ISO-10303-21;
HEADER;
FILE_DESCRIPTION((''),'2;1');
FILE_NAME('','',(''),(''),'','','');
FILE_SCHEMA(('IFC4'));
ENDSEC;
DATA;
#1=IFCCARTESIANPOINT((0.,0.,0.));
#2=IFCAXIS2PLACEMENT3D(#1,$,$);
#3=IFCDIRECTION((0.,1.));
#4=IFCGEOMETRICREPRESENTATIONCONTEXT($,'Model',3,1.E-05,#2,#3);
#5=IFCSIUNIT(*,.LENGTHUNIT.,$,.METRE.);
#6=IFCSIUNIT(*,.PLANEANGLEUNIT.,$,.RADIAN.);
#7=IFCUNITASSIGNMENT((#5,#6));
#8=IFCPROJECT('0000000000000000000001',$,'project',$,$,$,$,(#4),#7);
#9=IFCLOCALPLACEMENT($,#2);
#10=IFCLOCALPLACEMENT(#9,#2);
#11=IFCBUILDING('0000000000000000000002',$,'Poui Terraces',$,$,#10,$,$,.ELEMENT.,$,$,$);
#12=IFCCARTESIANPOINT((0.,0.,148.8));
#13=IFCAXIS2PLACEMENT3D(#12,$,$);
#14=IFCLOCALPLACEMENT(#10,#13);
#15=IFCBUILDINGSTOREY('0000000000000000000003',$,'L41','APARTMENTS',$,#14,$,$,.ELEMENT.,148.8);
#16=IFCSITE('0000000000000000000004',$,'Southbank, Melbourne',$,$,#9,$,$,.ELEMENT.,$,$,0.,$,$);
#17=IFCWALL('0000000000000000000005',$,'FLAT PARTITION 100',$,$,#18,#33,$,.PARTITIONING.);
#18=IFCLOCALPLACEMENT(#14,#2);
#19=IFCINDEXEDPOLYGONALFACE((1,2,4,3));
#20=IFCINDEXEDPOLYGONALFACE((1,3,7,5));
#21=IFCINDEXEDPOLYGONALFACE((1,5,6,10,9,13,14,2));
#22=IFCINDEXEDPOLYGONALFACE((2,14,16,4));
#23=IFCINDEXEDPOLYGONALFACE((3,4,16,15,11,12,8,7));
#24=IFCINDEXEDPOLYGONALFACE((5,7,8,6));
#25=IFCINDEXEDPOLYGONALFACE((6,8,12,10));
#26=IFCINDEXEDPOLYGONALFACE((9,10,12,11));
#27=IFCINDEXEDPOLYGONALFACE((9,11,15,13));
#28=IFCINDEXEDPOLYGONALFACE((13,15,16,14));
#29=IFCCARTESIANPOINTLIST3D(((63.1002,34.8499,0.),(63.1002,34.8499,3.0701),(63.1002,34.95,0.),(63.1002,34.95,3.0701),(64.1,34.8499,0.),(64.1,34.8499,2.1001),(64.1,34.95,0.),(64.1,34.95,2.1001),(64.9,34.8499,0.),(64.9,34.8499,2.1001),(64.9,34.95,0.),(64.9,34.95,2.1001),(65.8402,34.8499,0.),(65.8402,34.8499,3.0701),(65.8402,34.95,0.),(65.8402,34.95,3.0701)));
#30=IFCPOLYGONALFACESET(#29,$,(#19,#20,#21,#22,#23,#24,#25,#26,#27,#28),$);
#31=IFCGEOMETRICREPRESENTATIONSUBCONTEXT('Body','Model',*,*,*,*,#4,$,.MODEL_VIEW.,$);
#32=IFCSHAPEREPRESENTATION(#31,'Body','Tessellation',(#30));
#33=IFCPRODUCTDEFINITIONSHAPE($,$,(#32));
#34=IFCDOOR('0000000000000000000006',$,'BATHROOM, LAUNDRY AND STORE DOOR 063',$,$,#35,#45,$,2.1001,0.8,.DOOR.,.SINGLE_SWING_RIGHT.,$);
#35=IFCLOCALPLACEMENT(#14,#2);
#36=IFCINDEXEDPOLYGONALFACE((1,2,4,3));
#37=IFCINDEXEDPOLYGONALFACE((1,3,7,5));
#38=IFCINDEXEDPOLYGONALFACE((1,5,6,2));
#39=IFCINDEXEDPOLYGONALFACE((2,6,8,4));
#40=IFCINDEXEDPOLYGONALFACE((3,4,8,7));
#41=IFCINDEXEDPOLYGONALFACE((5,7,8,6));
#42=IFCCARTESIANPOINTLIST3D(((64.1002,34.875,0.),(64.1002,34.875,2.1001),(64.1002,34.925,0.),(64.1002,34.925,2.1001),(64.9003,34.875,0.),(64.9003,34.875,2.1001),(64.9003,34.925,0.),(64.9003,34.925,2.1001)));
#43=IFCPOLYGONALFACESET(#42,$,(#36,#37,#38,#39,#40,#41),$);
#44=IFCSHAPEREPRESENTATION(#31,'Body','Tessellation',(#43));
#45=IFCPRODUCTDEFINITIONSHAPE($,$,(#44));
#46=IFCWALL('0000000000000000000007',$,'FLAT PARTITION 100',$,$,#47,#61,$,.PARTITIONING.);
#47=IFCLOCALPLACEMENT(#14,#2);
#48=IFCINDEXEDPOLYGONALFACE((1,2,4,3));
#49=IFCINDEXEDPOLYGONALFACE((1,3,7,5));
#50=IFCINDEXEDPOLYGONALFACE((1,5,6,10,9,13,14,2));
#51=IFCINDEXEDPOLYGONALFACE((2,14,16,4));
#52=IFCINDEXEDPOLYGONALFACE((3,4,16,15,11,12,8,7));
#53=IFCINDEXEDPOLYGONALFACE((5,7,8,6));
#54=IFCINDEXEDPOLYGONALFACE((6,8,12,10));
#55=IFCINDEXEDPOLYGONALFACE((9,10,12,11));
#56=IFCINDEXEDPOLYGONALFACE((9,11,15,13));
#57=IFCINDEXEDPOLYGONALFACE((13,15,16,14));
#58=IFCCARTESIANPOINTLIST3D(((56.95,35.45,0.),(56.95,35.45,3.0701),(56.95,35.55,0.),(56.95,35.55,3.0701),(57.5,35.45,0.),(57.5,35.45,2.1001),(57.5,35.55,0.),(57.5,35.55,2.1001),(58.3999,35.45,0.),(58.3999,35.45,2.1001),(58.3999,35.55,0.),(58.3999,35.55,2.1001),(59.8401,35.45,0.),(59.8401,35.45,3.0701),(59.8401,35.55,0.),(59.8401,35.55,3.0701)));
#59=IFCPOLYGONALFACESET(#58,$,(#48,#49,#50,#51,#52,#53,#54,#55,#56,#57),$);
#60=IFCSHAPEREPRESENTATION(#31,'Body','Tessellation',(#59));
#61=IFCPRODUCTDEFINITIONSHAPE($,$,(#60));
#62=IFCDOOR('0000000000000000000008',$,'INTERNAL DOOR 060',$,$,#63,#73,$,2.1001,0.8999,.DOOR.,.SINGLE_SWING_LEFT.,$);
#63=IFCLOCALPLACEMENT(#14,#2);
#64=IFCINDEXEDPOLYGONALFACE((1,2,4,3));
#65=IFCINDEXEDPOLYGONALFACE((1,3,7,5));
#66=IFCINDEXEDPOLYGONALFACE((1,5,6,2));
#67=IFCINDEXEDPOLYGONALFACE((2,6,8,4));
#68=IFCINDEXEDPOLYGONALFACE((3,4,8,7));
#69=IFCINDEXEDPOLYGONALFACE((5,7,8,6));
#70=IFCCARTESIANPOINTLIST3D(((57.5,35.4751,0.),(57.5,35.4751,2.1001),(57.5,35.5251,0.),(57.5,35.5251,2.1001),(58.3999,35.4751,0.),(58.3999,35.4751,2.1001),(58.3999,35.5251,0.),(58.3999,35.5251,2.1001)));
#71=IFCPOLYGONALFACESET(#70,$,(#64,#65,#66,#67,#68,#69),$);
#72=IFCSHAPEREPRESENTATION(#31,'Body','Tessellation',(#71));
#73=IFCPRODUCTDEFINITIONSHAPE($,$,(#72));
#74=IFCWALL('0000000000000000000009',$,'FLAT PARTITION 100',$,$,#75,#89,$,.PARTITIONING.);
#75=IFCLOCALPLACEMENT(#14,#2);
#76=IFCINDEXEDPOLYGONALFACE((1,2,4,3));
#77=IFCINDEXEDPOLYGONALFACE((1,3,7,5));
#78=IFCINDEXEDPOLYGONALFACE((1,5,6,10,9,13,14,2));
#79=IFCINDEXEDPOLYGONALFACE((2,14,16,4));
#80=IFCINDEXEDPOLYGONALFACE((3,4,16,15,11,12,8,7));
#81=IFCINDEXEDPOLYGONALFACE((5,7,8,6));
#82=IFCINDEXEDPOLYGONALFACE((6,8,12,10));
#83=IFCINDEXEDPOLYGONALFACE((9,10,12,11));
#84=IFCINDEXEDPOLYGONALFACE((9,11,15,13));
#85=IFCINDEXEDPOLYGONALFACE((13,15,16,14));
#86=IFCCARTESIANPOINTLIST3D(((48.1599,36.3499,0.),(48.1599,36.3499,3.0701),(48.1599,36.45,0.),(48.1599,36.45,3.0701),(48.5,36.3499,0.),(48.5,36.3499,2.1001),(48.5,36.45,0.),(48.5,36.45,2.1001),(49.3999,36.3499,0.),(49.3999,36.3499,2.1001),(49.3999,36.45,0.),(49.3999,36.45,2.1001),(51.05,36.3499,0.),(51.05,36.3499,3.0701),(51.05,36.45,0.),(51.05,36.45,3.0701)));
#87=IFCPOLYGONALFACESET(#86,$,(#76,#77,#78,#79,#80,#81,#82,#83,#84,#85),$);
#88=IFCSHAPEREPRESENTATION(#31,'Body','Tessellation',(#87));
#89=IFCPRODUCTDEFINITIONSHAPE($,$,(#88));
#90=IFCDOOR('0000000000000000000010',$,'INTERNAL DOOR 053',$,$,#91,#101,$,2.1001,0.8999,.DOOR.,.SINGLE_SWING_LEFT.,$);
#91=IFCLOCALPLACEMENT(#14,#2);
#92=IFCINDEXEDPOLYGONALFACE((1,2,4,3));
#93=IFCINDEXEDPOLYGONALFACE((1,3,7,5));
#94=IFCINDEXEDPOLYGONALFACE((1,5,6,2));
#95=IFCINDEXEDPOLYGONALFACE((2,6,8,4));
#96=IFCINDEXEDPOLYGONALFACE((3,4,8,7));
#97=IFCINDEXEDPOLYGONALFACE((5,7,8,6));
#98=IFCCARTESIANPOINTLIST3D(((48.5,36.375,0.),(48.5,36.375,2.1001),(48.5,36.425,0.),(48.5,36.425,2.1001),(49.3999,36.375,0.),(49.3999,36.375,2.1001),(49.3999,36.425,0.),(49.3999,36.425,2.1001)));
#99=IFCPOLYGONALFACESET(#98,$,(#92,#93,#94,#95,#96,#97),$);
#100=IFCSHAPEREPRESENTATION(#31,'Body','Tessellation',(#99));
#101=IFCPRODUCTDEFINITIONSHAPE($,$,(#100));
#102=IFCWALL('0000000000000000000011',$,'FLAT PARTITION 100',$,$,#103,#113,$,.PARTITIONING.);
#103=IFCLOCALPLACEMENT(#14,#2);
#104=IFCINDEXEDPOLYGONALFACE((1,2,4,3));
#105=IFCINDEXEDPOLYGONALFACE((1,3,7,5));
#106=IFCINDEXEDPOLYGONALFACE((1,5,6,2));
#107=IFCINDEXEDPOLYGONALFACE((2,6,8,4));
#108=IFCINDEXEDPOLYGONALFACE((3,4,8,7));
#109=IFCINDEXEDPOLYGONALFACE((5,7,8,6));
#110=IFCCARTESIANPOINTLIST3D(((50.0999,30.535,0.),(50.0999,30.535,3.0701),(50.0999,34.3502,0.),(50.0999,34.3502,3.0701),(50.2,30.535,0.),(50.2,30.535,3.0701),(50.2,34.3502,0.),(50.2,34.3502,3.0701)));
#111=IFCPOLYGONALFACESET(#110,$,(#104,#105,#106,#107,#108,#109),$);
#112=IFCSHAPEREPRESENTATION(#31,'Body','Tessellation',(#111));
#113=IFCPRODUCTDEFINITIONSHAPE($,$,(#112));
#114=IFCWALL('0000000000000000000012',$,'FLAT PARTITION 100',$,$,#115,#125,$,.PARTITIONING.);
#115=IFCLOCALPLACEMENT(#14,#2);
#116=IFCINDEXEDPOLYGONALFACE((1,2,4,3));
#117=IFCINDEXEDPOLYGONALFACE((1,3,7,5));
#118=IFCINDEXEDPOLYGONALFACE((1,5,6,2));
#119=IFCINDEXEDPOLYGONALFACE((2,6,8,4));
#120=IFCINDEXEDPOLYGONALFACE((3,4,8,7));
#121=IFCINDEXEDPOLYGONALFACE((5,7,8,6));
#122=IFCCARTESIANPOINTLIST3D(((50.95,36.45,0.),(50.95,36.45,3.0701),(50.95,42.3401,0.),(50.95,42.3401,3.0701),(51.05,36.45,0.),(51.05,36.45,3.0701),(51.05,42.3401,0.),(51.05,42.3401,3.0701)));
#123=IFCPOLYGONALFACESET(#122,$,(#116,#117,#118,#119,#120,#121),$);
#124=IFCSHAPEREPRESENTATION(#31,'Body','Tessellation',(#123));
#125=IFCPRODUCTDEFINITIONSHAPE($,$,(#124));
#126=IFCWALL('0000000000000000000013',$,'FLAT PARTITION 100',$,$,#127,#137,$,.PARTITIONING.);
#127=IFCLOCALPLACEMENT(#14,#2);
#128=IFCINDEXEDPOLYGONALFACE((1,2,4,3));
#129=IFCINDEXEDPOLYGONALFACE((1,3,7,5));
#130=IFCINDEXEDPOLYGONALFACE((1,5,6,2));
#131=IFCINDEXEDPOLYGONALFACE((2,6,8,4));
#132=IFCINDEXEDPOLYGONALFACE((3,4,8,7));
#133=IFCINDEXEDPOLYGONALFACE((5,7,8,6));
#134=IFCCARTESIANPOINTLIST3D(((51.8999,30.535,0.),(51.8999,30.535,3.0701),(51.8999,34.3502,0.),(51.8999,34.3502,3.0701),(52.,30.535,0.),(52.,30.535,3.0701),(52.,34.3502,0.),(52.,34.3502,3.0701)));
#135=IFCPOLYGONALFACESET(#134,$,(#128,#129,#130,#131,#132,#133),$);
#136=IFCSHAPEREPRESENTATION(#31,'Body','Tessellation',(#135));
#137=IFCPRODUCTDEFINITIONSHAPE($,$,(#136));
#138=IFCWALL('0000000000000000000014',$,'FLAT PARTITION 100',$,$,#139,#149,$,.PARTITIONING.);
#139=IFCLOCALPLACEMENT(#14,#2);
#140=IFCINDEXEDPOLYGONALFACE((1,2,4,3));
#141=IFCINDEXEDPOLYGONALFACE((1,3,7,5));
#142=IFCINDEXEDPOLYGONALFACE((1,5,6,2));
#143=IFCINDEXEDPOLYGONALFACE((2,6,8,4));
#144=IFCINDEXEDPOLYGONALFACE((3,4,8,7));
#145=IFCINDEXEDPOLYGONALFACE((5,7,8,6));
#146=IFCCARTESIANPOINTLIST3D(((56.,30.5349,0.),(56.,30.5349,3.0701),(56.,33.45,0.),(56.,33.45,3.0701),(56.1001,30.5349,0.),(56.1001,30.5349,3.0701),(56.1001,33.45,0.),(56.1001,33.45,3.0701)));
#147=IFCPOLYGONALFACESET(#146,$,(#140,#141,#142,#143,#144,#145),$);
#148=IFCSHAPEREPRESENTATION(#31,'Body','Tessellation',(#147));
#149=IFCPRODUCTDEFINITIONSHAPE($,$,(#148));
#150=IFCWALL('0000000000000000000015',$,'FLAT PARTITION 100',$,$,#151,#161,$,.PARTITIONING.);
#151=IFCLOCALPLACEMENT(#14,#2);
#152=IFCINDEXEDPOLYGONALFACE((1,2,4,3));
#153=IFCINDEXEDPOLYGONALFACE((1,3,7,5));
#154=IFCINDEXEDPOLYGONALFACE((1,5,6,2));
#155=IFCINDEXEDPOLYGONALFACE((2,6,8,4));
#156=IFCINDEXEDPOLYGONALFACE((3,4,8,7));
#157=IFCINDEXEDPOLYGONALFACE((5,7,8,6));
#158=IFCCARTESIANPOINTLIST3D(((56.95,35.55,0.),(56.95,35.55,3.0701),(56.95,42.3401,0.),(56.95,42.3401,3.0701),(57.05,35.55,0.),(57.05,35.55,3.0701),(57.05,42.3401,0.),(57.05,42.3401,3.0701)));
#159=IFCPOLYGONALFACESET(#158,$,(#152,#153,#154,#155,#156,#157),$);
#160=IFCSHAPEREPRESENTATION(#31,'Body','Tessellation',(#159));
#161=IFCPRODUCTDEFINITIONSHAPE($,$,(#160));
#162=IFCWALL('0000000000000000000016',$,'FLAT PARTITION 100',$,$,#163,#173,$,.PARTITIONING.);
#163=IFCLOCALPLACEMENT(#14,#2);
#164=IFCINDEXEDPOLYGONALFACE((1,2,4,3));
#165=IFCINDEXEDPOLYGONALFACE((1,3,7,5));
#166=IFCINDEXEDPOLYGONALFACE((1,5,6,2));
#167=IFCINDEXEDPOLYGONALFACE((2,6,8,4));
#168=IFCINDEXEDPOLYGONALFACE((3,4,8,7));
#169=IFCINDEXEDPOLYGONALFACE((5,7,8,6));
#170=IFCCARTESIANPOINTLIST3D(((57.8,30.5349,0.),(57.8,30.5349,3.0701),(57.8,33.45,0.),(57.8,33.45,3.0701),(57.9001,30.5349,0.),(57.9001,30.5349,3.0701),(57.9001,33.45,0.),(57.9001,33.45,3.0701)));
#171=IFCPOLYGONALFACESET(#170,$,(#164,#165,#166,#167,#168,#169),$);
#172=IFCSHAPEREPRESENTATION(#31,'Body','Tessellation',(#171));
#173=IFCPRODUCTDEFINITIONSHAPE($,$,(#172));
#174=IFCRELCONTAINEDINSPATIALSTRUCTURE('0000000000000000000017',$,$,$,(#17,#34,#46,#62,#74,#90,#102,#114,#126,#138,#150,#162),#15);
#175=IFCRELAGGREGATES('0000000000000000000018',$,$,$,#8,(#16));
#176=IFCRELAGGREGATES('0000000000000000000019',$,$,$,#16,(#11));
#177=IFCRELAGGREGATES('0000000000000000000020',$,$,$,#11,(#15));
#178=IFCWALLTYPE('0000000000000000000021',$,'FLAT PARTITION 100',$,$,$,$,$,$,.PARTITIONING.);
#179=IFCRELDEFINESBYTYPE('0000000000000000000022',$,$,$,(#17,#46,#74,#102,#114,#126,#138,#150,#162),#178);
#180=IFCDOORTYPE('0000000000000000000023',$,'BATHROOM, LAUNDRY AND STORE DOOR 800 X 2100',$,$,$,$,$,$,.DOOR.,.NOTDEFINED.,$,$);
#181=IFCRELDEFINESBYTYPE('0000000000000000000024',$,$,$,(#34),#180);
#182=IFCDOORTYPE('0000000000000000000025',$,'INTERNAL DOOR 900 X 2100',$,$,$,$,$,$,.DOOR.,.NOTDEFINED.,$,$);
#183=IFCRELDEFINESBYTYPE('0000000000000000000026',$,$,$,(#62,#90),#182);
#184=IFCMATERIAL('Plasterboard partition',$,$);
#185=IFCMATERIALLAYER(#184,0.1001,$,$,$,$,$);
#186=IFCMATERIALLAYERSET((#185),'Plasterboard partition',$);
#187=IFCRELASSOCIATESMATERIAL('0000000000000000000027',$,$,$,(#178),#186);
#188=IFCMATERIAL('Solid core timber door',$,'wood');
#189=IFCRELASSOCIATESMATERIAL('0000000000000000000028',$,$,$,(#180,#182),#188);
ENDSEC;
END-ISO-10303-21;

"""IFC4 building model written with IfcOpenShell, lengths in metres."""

from ifc_helpers import new_model, si_unit, direction, frame, frame_2d, origin, place, context, subcontext, project, spatial, rectangle, extrude, material, layer, layer_set, type_object, element, fill, save


model = new_model("IFC4")

# Units and contexts
model_context = context("Model", 3, precision=1e-05, world=origin(), true_north=direction((0.0, 1.0)))
body_context = subcontext(model_context, "Body", "Model", "MODEL_VIEW")
ifc_project = project(units=[si_unit("LENGTHUNIT", "METRE"), si_unit("PLANEANGLEUNIT", "RADIAN")], contexts=[model_context])

# Site, building, storey
site_placement = place(None, origin())
site = spatial("IfcSite", under=ifc_project, at=site_placement, Name="Southbank, Melbourne", CompositionType="ELEMENT", RefElevation=0.0)
building_placement = place(site_placement, origin())
building = spatial("IfcBuilding", under=site, at=building_placement, Name="Poui Terraces", CompositionType="ELEMENT")
storey_placement = place(building_placement, frame((0.0, 0.0, 148.8)))
storey = spatial("IfcBuildingStorey", under=building, at=storey_placement, Name="L41", Description="APARTMENTS", CompositionType="ELEMENT", Elevation=148.8)

# Walls, openings, doors
ifc_material_1 = material(Name="Plasterboard partition")
ifc_layer_1 = layer(ifc_material_1, 0.1001)
ifc_layer_set_1 = layer_set([ifc_layer_1], Name="Plasterboard partition")
wall_type_1 = type_object("IfcWallType", Name="FLAT PARTITION 100", PredefinedType="PARTITIONING", material=ifc_layer_set_1)
ifc_material_2 = material(Name="Solid core timber door", Category="wood")
door_type_1 = type_object("IfcDoorType", Name="BATHROOM, LAUNDRY AND STORE DOOR 800 X 2100", OperationType="NOTDEFINED", PredefinedType="DOOR", material=ifc_material_2)
door_type_2 = type_object("IfcDoorType", Name="INTERNAL DOOR 900 X 2100", OperationType="NOTDEFINED", PredefinedType="DOOR", material=ifc_material_2)
wall_1_placement = place(storey_placement, frame((63.1001, 34.8999, 0.0), z_axis=(0.0, 0.0, 1.0), x_axis=(1.0, 0.0, 0.0)))
wall_1 = element("IfcWall", 1, at=wall_1_placement, inside=storey, type_object=wall_type_1, Name="FLAT PARTITION 100", PredefinedType="PARTITIONING", context=body_context, shape_type="SweptSolid", body=[
    extrude(rectangle(XDim=2.74, YDim=0.1001, at=frame_2d((1.3701, 0.0))), origin(), (0.0, 0.0, 1.0), 3.0701),
])
opening_1_placement = place(wall_1_placement, frame((1.0, 0.0, 0.0)))
opening_1 = element("IfcOpeningElement", 2, at=opening_1_placement, cuts=wall_1, PredefinedType="OPENING", context=body_context, shape_type="SweptSolid", body=[
    extrude(rectangle(XDim=0.8, YDim=2.1001, at=frame_2d((0.3999, 1.05))), frame((0.0, 0.0601, 0.0), z_axis=(0.0, -1.0, 0.0), x_axis=(1.0, 0.0, 0.0)), (0.0, 0.0, 1.0), 0.1201),
])
door_1_placement = place(opening_1_placement, frame((0.8, 0.0, 0.0), z_axis=(0.0, 0.0, 1.0), x_axis=(-1.0, 0.0, 0.0)))
door_1 = element("IfcDoor", 3, at=door_1_placement, inside=storey, type_object=door_type_1, Name="BATHROOM, LAUNDRY AND STORE DOOR 063", OperationType="SINGLE_SWING_RIGHT", OverallHeight=2.1001, OverallWidth=0.8, PredefinedType="DOOR", context=body_context, shape_type="SweptSolid", body=[
    extrude(rectangle(XDim=0.8, YDim=2.1001, at=frame_2d((0.3999, 1.05))), frame((0.0, 0.0249, 0.0), z_axis=(0.0, -1.0, 0.0), x_axis=(1.0, 0.0, 0.0)), (0.0, 0.0, 1.0), 0.05),
])
fill(opening_1, door_1)
wall_2_placement = place(storey_placement, frame((56.95, 35.5, 0.0), z_axis=(0.0, 0.0, 1.0), x_axis=(1.0, 0.0, 0.0)))
wall_2 = element("IfcWall", 4, at=wall_2_placement, inside=storey, type_object=wall_type_1, Name="FLAT PARTITION 100", PredefinedType="PARTITIONING", context=body_context, shape_type="SweptSolid", body=[
    extrude(rectangle(XDim=2.8901, YDim=0.1001, at=frame_2d((1.4451, 0.0))), origin(), (0.0, 0.0, 1.0), 3.0701),
])
opening_2_placement = place(wall_2_placement, frame((0.55, 0.0, 0.0)))
opening_2 = element("IfcOpeningElement", 5, at=opening_2_placement, cuts=wall_2, PredefinedType="OPENING", context=body_context, shape_type="SweptSolid", body=[
    extrude(rectangle(XDim=0.8999, YDim=2.1001, at=frame_2d((0.45, 1.05))), frame((0.0, 0.0601, 0.0), z_axis=(0.0, -1.0, 0.0), x_axis=(1.0, 0.0, 0.0)), (0.0, 0.0, 1.0), 0.1201),
])
door_2_placement = place(opening_2_placement, frame((0.8999, 0.0, 0.0), z_axis=(0.0, 0.0, 1.0), x_axis=(-1.0, 0.0, 0.0)))
door_2 = element("IfcDoor", 6, at=door_2_placement, inside=storey, type_object=door_type_2, Name="INTERNAL DOOR 060", OperationType="SINGLE_SWING_LEFT", OverallHeight=2.1001, OverallWidth=0.8999, PredefinedType="DOOR", context=body_context, shape_type="SweptSolid", body=[
    extrude(rectangle(XDim=0.8999, YDim=2.1001, at=frame_2d((0.45, 1.05))), frame((0.0, 0.0249, 0.0), z_axis=(0.0, -1.0, 0.0), x_axis=(1.0, 0.0, 0.0)), (0.0, 0.0, 1.0), 0.05),
])
fill(opening_2, door_2)
wall_3_placement = place(storey_placement, frame((48.1599, 36.3999, 0.0), z_axis=(0.0, 0.0, 1.0), x_axis=(1.0, 0.0, 0.0)))
wall_3 = element("IfcWall", 7, at=wall_3_placement, inside=storey, type_object=wall_type_1, Name="FLAT PARTITION 100", PredefinedType="PARTITIONING", context=body_context, shape_type="SweptSolid", body=[
    extrude(rectangle(XDim=2.8901, YDim=0.1001, at=frame_2d((1.4451, 0.0))), origin(), (0.0, 0.0, 1.0), 3.0701),
])
opening_3_placement = place(wall_3_placement, frame((0.3401, 0.0, 0.0)))
opening_3 = element("IfcOpeningElement", 8, at=opening_3_placement, cuts=wall_3, PredefinedType="OPENING", context=body_context, shape_type="SweptSolid", body=[
    extrude(rectangle(XDim=0.8999, YDim=2.1001, at=frame_2d((0.45, 1.05))), frame((0.0, 0.0601, 0.0), z_axis=(0.0, -1.0, 0.0), x_axis=(1.0, 0.0, 0.0)), (0.0, 0.0, 1.0), 0.1201),
])
door_3_placement = place(opening_3_placement, frame((0.8999, 0.0, 0.0), z_axis=(0.0, 0.0, 1.0), x_axis=(-1.0, 0.0, 0.0)))
door_3 = element("IfcDoor", 9, at=door_3_placement, inside=storey, type_object=door_type_2, Name="INTERNAL DOOR 053", OperationType="SINGLE_SWING_LEFT", OverallHeight=2.1001, OverallWidth=0.8999, PredefinedType="DOOR", context=body_context, shape_type="SweptSolid", body=[
    extrude(rectangle(XDim=0.8999, YDim=2.1001, at=frame_2d((0.45, 1.05))), frame((0.0, 0.0249, 0.0), z_axis=(0.0, -1.0, 0.0), x_axis=(1.0, 0.0, 0.0)), (0.0, 0.0, 1.0), 0.05),
])
fill(opening_3, door_3)

# Walls
wall_4_placement = place(storey_placement, frame((50.1499, 30.5349, 0.0), z_axis=(0.0, 0.0, 1.0), x_axis=(0.0, 1.0, 0.0)))
element("IfcWall", 10, at=wall_4_placement, inside=storey, type_object=wall_type_1, Name="FLAT PARTITION 100", PredefinedType="PARTITIONING", context=body_context, shape_type="SweptSolid", body=[
    extrude(rectangle(XDim=3.8152, YDim=0.1001, at=frame_2d((1.9077, 0.0))), origin(), (0.0, 0.0, 1.0), 3.0701),
])
wall_5_placement = place(storey_placement, frame((51.0, 36.45, 0.0), z_axis=(0.0, 0.0, 1.0), x_axis=(0.0, 1.0, 0.0)))
element("IfcWall", 11, at=wall_5_placement, inside=storey, type_object=wall_type_1, Name="FLAT PARTITION 100", PredefinedType="PARTITIONING", context=body_context, shape_type="SweptSolid", body=[
    extrude(rectangle(XDim=5.8901, YDim=0.1001, at=frame_2d((2.9451, 0.0))), origin(), (0.0, 0.0, 1.0), 3.0701),
])
wall_6_placement = place(storey_placement, frame((51.95, 30.5349, 0.0), z_axis=(0.0, 0.0, 1.0), x_axis=(0.0, 1.0, 0.0)))
element("IfcWall", 12, at=wall_6_placement, inside=storey, type_object=wall_type_1, Name="FLAT PARTITION 100", PredefinedType="PARTITIONING", context=body_context, shape_type="SweptSolid", body=[
    extrude(rectangle(XDim=3.8152, YDim=0.1001, at=frame_2d((1.9077, 0.0))), origin(), (0.0, 0.0, 1.0), 3.0701),
])
wall_7_placement = place(storey_placement, frame((56.05, 30.5349, 0.0), z_axis=(0.0, 0.0, 1.0), x_axis=(0.0, 1.0, 0.0)))
element("IfcWall", 13, at=wall_7_placement, inside=storey, type_object=wall_type_1, Name="FLAT PARTITION 100", PredefinedType="PARTITIONING", context=body_context, shape_type="SweptSolid", body=[
    extrude(rectangle(XDim=2.915, YDim=0.1001, at=frame_2d((1.4575, 0.0))), origin(), (0.0, 0.0, 1.0), 3.0701),
])
wall_8_placement = place(storey_placement, frame((57.0, 35.55, 0.0), z_axis=(0.0, 0.0, 1.0), x_axis=(0.0, 1.0, 0.0)))
element("IfcWall", 14, at=wall_8_placement, inside=storey, type_object=wall_type_1, Name="FLAT PARTITION 100", PredefinedType="PARTITIONING", context=body_context, shape_type="SweptSolid", body=[
    extrude(rectangle(XDim=6.79, YDim=0.1001, at=frame_2d((3.395, 0.0))), origin(), (0.0, 0.0, 1.0), 3.0701),
])
wall_9_placement = place(storey_placement, frame((57.8501, 30.5349, 0.0), z_axis=(0.0, 0.0, 1.0), x_axis=(0.0, 1.0, 0.0)))
element("IfcWall", 15, at=wall_9_placement, inside=storey, type_object=wall_type_1, Name="FLAT PARTITION 100", PredefinedType="PARTITIONING", context=body_context, shape_type="SweptSolid", body=[
    extrude(rectangle(XDim=2.915, YDim=0.1001, at=frame_2d((1.4575, 0.0))), origin(), (0.0, 0.0, 1.0), 3.0701),
])

save(model, "model.ifc")
